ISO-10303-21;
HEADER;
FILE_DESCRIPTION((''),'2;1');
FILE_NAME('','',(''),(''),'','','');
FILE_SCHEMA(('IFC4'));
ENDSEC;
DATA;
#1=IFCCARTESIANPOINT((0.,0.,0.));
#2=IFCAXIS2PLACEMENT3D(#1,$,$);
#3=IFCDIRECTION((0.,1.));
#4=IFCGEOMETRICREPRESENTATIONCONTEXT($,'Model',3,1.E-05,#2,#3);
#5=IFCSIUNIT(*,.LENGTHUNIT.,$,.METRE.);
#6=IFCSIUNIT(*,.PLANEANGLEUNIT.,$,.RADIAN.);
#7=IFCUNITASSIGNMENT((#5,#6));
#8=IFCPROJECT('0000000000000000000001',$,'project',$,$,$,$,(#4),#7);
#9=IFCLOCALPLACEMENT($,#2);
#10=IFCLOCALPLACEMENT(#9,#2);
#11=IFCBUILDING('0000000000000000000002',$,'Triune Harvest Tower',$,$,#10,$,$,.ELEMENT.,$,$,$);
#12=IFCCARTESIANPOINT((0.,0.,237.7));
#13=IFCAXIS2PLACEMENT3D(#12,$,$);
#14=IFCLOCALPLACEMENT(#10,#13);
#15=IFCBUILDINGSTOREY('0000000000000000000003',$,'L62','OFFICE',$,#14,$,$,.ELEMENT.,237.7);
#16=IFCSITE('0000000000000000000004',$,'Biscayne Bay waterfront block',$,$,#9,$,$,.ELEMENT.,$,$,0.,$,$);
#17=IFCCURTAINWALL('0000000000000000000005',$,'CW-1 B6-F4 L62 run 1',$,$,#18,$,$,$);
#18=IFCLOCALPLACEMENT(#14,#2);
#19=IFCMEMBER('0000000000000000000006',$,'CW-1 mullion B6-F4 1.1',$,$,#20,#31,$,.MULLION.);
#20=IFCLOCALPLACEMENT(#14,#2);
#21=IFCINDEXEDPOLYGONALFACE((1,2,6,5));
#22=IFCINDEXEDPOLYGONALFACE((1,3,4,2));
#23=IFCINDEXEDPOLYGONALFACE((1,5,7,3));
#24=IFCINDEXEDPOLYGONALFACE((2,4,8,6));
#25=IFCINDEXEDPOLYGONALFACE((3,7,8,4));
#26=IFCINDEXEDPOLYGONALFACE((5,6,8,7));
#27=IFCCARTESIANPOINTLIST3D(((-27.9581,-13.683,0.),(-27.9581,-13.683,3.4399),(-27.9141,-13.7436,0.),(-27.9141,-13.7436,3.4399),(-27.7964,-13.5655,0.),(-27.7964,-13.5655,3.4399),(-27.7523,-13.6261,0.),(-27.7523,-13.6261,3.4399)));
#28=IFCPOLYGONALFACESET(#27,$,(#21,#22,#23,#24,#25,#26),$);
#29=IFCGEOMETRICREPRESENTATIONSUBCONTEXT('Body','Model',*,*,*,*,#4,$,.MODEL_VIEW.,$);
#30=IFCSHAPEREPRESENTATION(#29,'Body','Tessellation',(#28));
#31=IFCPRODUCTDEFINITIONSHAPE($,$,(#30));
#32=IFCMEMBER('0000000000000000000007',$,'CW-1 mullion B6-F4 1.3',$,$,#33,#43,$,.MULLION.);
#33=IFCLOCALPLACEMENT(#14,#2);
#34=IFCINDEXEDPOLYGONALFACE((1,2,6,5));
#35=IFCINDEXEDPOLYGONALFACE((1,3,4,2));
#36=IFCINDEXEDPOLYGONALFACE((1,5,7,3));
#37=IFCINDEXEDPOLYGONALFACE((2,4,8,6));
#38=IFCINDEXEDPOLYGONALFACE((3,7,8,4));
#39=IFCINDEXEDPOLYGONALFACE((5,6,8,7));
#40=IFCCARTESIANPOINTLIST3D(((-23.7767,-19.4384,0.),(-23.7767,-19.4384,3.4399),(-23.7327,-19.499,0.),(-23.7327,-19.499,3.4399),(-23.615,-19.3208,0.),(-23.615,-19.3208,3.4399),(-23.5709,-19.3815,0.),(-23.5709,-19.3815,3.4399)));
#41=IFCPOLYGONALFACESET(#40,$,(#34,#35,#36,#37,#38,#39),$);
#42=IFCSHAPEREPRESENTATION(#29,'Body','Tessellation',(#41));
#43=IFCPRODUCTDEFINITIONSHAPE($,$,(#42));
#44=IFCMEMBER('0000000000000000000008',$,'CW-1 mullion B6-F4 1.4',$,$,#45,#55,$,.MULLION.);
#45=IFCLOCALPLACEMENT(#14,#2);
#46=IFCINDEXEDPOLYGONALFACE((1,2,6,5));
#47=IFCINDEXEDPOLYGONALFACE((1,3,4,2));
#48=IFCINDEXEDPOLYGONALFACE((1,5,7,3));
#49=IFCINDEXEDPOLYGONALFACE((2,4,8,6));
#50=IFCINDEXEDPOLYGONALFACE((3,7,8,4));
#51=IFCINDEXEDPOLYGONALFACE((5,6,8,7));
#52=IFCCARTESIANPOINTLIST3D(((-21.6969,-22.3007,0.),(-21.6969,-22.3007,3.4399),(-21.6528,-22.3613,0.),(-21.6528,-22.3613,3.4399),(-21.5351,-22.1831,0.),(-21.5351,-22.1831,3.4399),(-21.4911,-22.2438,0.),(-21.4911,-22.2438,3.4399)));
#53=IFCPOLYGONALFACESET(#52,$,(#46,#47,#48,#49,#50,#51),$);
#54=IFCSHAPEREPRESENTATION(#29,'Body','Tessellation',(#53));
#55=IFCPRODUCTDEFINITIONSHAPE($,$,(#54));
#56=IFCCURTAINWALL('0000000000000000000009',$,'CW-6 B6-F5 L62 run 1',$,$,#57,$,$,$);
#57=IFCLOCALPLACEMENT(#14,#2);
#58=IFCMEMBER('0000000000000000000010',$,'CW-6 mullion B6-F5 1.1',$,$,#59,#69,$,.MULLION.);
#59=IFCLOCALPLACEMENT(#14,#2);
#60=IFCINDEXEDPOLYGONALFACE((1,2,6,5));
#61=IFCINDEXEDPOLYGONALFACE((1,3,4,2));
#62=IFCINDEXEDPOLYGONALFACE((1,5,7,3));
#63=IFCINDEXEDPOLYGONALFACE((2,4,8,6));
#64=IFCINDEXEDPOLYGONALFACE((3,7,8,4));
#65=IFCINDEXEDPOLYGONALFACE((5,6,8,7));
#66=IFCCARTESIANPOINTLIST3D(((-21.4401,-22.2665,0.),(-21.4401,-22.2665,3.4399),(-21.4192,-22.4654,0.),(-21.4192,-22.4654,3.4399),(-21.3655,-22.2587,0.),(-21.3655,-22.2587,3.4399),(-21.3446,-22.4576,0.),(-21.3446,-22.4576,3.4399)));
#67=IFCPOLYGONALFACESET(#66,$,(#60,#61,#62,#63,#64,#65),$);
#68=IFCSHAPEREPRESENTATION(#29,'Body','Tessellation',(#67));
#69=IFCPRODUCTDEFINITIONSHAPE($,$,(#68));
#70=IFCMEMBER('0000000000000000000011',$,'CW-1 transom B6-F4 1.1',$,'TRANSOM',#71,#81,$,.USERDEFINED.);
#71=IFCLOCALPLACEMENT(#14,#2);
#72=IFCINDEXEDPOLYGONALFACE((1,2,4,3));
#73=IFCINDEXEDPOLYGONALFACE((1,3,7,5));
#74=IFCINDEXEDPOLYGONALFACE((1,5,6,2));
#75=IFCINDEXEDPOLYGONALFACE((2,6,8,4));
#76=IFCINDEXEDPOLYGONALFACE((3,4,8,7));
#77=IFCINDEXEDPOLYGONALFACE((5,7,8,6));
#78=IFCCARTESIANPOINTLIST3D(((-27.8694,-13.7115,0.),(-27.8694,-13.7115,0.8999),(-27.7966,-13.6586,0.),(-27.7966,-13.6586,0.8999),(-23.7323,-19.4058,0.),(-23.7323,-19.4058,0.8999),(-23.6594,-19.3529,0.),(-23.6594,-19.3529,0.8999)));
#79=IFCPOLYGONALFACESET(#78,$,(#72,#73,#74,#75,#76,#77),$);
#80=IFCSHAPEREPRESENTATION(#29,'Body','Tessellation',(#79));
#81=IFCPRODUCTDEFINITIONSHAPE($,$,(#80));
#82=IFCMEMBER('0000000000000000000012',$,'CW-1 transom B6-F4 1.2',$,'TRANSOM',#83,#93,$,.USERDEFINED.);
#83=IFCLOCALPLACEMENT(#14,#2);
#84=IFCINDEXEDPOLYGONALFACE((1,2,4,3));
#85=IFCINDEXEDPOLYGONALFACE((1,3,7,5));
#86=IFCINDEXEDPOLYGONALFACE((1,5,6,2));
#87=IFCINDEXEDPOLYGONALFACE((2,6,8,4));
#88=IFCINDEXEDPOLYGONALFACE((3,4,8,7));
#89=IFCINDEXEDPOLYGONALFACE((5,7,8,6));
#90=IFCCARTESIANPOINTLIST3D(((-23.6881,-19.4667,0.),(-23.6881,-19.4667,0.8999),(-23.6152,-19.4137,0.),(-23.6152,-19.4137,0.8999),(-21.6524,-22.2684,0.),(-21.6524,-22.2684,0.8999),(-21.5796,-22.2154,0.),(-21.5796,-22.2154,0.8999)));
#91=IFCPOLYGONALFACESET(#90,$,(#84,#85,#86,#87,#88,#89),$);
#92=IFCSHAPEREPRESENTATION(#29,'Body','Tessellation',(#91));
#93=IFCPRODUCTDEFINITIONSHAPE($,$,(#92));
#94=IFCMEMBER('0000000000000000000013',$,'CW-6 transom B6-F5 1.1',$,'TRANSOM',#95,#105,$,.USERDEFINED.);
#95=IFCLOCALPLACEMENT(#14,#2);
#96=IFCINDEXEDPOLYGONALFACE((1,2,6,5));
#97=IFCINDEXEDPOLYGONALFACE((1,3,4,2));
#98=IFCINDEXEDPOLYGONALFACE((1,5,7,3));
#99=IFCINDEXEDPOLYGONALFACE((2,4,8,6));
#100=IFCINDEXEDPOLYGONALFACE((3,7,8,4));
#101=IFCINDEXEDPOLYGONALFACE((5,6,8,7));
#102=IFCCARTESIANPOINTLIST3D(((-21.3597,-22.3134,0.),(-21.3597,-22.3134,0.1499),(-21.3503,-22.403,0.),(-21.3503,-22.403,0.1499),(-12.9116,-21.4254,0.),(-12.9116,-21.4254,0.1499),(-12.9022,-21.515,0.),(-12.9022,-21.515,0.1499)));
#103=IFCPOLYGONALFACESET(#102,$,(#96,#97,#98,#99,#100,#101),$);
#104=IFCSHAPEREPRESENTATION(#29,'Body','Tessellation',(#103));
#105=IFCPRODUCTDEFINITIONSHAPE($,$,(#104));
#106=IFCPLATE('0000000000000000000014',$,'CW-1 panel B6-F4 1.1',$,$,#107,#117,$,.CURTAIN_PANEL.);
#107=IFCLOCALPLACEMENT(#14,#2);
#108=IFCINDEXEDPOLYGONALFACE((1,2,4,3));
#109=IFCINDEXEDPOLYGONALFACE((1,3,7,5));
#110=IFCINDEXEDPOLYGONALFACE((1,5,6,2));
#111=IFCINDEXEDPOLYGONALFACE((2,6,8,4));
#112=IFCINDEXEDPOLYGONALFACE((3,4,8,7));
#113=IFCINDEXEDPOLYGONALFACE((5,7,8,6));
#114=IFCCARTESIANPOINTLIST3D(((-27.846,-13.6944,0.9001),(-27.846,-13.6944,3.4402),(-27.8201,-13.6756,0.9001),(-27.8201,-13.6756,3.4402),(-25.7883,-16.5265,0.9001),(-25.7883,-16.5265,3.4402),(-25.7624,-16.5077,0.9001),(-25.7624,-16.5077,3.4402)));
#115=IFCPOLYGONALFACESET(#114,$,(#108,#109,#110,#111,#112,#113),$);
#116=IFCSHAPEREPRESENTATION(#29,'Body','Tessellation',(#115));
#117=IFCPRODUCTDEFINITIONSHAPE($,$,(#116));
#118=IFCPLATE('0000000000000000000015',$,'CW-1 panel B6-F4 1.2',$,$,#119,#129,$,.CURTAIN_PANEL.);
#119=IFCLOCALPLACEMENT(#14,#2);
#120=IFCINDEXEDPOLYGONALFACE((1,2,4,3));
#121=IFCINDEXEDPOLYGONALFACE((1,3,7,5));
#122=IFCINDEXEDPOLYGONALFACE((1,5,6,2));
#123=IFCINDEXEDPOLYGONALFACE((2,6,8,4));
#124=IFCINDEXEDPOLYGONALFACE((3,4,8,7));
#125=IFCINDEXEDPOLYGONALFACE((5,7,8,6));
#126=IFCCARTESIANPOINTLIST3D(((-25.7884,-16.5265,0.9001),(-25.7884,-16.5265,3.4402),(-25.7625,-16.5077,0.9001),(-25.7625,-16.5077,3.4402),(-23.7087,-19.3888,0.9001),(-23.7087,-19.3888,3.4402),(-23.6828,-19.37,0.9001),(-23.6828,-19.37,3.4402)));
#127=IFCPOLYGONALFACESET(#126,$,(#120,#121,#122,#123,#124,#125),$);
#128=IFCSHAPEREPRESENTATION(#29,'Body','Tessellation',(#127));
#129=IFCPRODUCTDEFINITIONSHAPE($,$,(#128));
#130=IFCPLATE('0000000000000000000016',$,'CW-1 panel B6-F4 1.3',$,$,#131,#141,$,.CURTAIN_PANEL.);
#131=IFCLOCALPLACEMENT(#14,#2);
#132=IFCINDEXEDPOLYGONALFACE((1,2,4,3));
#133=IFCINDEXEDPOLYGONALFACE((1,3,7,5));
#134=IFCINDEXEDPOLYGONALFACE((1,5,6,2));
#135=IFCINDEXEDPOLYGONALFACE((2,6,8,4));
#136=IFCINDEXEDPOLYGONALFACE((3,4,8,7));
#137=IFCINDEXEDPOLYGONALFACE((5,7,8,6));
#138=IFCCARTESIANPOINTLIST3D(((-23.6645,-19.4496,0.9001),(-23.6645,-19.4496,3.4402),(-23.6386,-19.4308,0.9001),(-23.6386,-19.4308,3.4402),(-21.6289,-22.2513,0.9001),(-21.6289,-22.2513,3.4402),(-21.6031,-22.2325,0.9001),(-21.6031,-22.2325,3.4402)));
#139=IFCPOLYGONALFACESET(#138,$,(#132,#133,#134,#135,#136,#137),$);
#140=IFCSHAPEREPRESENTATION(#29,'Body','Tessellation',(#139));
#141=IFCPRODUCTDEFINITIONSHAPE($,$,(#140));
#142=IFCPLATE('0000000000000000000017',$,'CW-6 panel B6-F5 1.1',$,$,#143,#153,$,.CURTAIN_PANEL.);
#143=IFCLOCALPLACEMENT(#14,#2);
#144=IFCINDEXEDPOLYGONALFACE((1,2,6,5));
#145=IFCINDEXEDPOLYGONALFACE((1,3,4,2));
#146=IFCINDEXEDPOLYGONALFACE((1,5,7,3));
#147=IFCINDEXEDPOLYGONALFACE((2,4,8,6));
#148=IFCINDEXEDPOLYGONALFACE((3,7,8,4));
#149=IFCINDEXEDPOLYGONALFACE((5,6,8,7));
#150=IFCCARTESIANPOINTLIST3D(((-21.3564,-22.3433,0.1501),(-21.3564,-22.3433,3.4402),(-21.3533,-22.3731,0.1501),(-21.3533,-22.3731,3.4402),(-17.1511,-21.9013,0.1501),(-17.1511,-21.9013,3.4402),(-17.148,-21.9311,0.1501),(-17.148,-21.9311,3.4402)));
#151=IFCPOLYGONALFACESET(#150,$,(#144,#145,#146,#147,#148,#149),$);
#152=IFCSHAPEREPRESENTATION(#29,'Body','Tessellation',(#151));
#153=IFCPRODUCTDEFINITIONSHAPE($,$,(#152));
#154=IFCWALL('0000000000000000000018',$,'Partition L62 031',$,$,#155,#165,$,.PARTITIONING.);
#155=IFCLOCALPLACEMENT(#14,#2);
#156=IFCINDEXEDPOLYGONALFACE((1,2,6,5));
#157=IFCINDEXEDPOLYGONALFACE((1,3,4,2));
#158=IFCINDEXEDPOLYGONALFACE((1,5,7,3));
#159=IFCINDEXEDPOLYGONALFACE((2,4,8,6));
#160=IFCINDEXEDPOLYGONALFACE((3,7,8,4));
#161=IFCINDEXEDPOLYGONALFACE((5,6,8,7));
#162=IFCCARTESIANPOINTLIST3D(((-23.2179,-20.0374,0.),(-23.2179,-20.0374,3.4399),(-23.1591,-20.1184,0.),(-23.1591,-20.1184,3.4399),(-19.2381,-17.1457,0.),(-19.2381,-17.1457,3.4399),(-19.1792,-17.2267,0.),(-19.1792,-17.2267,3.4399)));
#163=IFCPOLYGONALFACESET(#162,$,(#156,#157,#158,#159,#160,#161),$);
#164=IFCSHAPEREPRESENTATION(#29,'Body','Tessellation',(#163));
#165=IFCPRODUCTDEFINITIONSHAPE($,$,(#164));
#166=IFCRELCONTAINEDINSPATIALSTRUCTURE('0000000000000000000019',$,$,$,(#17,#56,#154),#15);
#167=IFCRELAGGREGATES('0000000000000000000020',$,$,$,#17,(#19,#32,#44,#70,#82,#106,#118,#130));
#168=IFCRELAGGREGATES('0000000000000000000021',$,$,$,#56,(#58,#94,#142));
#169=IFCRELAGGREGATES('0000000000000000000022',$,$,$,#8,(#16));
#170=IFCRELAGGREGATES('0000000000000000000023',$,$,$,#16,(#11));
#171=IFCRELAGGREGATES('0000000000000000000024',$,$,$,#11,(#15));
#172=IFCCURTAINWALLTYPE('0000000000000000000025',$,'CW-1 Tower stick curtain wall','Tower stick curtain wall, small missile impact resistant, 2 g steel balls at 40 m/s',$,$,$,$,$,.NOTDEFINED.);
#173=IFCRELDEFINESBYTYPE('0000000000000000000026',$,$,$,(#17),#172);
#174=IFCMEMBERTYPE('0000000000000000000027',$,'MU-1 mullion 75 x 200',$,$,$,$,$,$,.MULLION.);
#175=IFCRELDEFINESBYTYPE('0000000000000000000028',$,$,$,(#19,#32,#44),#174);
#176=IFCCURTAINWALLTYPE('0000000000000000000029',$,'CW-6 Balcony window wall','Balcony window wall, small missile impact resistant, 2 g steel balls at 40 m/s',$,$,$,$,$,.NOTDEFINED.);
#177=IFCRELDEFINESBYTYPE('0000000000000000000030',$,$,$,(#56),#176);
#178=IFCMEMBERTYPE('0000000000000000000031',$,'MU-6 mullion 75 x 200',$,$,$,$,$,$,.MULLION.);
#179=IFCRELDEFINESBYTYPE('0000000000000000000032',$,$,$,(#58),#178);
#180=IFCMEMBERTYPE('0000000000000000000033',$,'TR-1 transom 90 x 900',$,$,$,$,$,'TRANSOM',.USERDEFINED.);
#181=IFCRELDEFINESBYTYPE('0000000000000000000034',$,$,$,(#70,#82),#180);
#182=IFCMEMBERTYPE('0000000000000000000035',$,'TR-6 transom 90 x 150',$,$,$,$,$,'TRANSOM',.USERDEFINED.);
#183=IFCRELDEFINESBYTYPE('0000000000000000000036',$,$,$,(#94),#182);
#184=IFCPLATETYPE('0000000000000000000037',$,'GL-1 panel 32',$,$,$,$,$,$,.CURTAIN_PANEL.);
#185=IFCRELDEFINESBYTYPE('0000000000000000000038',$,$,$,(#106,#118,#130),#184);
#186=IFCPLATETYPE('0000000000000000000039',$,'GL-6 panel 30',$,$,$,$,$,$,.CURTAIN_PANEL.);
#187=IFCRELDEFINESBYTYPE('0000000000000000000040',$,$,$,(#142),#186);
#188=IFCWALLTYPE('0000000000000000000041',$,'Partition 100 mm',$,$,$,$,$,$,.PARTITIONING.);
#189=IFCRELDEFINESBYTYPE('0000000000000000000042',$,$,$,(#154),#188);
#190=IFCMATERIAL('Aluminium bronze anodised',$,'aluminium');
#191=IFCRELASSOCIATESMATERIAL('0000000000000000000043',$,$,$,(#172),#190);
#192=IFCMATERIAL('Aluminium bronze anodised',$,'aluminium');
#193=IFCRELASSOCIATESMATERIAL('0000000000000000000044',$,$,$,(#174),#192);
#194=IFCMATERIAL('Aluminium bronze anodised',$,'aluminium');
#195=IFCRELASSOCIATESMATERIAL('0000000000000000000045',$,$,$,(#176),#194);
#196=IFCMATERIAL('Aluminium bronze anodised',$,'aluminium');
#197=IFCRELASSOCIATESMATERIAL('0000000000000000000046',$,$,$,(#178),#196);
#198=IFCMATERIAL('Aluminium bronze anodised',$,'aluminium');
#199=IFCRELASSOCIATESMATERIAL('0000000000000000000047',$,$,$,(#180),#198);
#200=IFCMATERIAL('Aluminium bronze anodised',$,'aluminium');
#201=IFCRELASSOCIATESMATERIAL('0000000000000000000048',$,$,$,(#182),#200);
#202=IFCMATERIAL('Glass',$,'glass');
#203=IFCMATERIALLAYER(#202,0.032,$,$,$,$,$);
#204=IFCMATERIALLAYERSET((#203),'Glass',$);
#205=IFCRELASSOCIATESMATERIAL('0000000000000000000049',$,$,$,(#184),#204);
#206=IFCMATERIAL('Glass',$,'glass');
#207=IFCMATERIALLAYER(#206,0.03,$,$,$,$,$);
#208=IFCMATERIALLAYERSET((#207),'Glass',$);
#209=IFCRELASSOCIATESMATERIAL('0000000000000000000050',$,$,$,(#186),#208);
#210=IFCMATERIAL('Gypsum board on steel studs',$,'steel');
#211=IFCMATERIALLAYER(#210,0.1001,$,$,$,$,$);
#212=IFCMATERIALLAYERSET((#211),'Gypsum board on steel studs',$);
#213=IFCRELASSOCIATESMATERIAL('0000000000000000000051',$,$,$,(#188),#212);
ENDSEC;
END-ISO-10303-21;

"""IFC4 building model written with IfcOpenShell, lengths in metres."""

from ifc_helpers import new_model, si_unit, direction, frame, frame_2d, origin, origin_2d, place, context, subcontext, project, spatial, rectangle, extrude, source, transform, mapped, material, layer, layer_set, material_profile, profile_set, type_object, element, aggregate, save


model = new_model("IFC4")

# Units and contexts
model_context = context("Model", 3, precision=1e-05, world=origin(), true_north=direction((0.0, 1.0)))
body_context = subcontext(model_context, "Body", "Model", "MODEL_VIEW")
ifc_project = project(units=[si_unit("LENGTHUNIT", "METRE"), si_unit("PLANEANGLEUNIT", "RADIAN")], contexts=[model_context])

# Site, building, storey
site_placement = place(None, origin())
site = spatial("IfcSite", under=ifc_project, at=site_placement, Name="Biscayne Bay waterfront block", CompositionType="ELEMENT", RefElevation=0.0)
building_placement = place(site_placement, origin())
building = spatial("IfcBuilding", under=site, at=building_placement, Name="Triune Harvest Tower", CompositionType="ELEMENT")
storey_placement = place(building_placement, frame((0.0, 0.0, 237.7)))
storey = spatial("IfcBuildingStorey", under=building, at=storey_placement, Name="L62", Description="OFFICE", CompositionType="ELEMENT", Elevation=237.7)

# Curtain wall, members
ifc_material_1 = material(Name="Aluminium bronze anodised", Category="aluminium")
curtain_wall_type_1 = type_object("IfcCurtainWallType", Name="CW-1 Tower stick curtain wall", Description="Tower stick curtain wall, small missile impact resistant, 2 g steel balls at 40 m/s", PredefinedType="NOTDEFINED", material=ifc_material_1)
curtain_wall_1_placement = place(storey_placement, origin())
curtain_wall_1 = element("IfcCurtainWall", 1, at=curtain_wall_1_placement, inside=storey, type_object=curtain_wall_type_1, Name="CW-1 B6-F4 L62 run 1")
ifc_material_2 = material(Name="Aluminium bronze anodised", Category="aluminium")
ifc_material_profile_1 = material_profile(ifc_material_2, rectangle(XDim=0.2, YDim=0.075, at=origin_2d()), Name="MU-1 mullion 75 x 200")
ifc_profile_set_1 = profile_set([ifc_material_profile_1], Name="Aluminium bronze anodised")
member_type_1 = type_object("IfcMemberType", Name="MU-1 mullion 75 x 200", PredefinedType="MULLION", material=ifc_profile_set_1)
shared_shape_1 = source(origin(), body_context, "Body", "SweptSolid", [
    extrude(rectangle(XDim=0.2, YDim=0.075, at=origin_2d()), origin(), (0.0, 0.0, 1.0), 3.4399),
])
member_1_placement = place(storey_placement, frame((-27.8552, -13.6545, 0.0), z_axis=(0.0, 0.0, 1.0), x_axis=(0.809014, 0.587789, 0.0)))
member_1 = element("IfcMember", 2, at=member_1_placement, type_object=member_type_1, Name="CW-1 mullion B6-F4 1.1", PredefinedType="MULLION", context=body_context, shape_type="MappedRepresentation", body=[
    mapped(shared_shape_1, transform((0.0, 0.0, 0.0), scale=1.0)),
])
member_2_placement = place(storey_placement, frame((-23.6738, -19.4099, 0.0), z_axis=(0.0, 0.0, 1.0), x_axis=(0.809014, 0.587789, 0.0)))
member_2 = element("IfcMember", 3, at=member_2_placement, type_object=member_type_1, Name="CW-1 mullion B6-F4 1.3", PredefinedType="MULLION", context=body_context, shape_type="MappedRepresentation", body=[
    mapped(shared_shape_1, transform((0.0, 0.0, 0.0), scale=1.0)),
])
member_3_placement = place(storey_placement, frame((-21.594, -22.2722, 0.0), z_axis=(0.0, 0.0, 1.0), x_axis=(0.809014, 0.587789, 0.0)))
member_3 = element("IfcMember", 4, at=member_3_placement, type_object=member_type_1, Name="CW-1 mullion B6-F4 1.4", PredefinedType="MULLION", context=body_context, shape_type="MappedRepresentation", body=[
    mapped(shared_shape_1, transform((0.0, 0.0, 0.0), scale=1.0)),
])

# Curtain wall, member
ifc_material_3 = material(Name="Aluminium bronze anodised", Category="aluminium")
curtain_wall_type_2 = type_object("IfcCurtainWallType", Name="CW-6 Balcony window wall", Description="Balcony window wall, small missile impact resistant, 2 g steel balls at 40 m/s", PredefinedType="NOTDEFINED", material=ifc_material_3)
curtain_wall_2_placement = place(storey_placement, origin())
curtain_wall_2 = element("IfcCurtainWall", 5, at=curtain_wall_2_placement, inside=storey, type_object=curtain_wall_type_2, Name="CW-6 B6-F5 L62 run 1")
ifc_material_4 = material(Name="Aluminium bronze anodised", Category="aluminium")
ifc_material_profile_2 = material_profile(ifc_material_4, rectangle(XDim=0.2, YDim=0.075, at=origin_2d()), Name="MU-6 mullion 75 x 200")
ifc_profile_set_2 = profile_set([ifc_material_profile_2], Name="Aluminium bronze anodised")
member_type_2 = type_object("IfcMemberType", Name="MU-6 mullion 75 x 200", PredefinedType="MULLION", material=ifc_profile_set_2)
shared_shape_2 = source(origin(), body_context, "Body", "SweptSolid", [
    extrude(rectangle(XDim=0.2, YDim=0.075, at=origin_2d()), origin(), (0.0, 0.0, 1.0), 3.4399),
])
member_4_placement = place(storey_placement, frame((-21.3923, -22.3621, 0.0), z_axis=(0.0, 0.0, 1.0), x_axis=(-0.104526, 0.994522, 0.0)))
member_4 = element("IfcMember", 6, at=member_4_placement, type_object=member_type_2, Name="CW-6 mullion B6-F5 1.1", PredefinedType="MULLION", context=body_context, shape_type="MappedRepresentation", body=[
    mapped(shared_shape_2, transform((0.0, 0.0, 0.0), scale=1.0)),
])

# Members
ifc_material_5 = material(Name="Aluminium bronze anodised", Category="aluminium")
ifc_material_profile_3 = material_profile(ifc_material_5, rectangle(XDim=0.0901, YDim=0.8999, at=origin_2d()), Name="TR-1 transom 90 x 900")
ifc_profile_set_3 = profile_set([ifc_material_profile_3], Name="Aluminium bronze anodised")
member_type_3 = type_object("IfcMemberType", Name="TR-1 transom 90 x 900", ElementType="TRANSOM", PredefinedType="USERDEFINED", material=ifc_profile_set_3)
shared_shape_3 = source(origin(), body_context, "Body", "SweptSolid", [
    extrude(rectangle(XDim=0.0901, YDim=0.8999, at=origin_2d()), origin(), (0.0, 0.0, 1.0), 7.0386),
])
member_5_placement = place(storey_placement, frame((-27.833, -13.6851, 0.45), z_axis=(0.587788, -0.809015, 0.0), x_axis=(0.809015, 0.587788, 0.0)))
member_5 = element("IfcMember", 7, at=member_5_placement, type_object=member_type_3, Name="CW-1 transom B6-F4 1.1", ObjectType="TRANSOM", PredefinedType="USERDEFINED", context=body_context, shape_type="MappedRepresentation", body=[
    mapped(shared_shape_3, transform((0.0, 0.0, 0.0), scale=1.0)),
])
shared_shape_4 = source(origin(), body_context, "Body", "SweptSolid", [
    extrude(rectangle(XDim=0.0901, YDim=0.8999, at=origin_2d()), origin(), (0.0, 0.0, 1.0), 3.4631),
])
member_6_placement = place(storey_placement, frame((-23.6516, -19.4402, 0.45), z_axis=(0.587794, -0.80901, 0.0), x_axis=(0.80901, 0.587794, 0.0)))
member_6 = element("IfcMember", 8, at=member_6_placement, type_object=member_type_3, Name="CW-1 transom B6-F4 1.2", ObjectType="TRANSOM", PredefinedType="USERDEFINED", context=body_context, shape_type="MappedRepresentation", body=[
    mapped(shared_shape_4, transform((0.0, 0.0, 0.0), scale=1.0)),
])
ifc_material_6 = material(Name="Aluminium bronze anodised", Category="aluminium")
ifc_material_profile_4 = material_profile(ifc_material_6, rectangle(XDim=0.0901, YDim=0.1499, at=origin_2d()), Name="TR-6 transom 90 x 150")
ifc_profile_set_4 = profile_set([ifc_material_profile_4], Name="Aluminium bronze anodised")
member_type_4 = type_object("IfcMemberType", Name="TR-6 transom 90 x 150", ElementType="TRANSOM", PredefinedType="USERDEFINED", material=ifc_profile_set_4)
shared_shape_5 = source(origin(), body_context, "Body", "SweptSolid", [
    extrude(rectangle(XDim=0.0901, YDim=0.1499, at=origin_2d()), origin(), (0.0, 0.0, 1.0), 8.4946),
])
member_7_placement = place(storey_placement, frame((-21.355, -22.3582, 0.075), z_axis=(0.994522, 0.104531, 0.0), x_axis=(-0.104531, 0.994522, 0.0)))
member_7 = element("IfcMember", 9, at=member_7_placement, type_object=member_type_4, Name="CW-6 transom B6-F5 1.1", ObjectType="TRANSOM", PredefinedType="USERDEFINED", context=body_context, shape_type="MappedRepresentation", body=[
    mapped(shared_shape_5, transform((0.0, 0.0, 0.0), scale=1.0)),
])

# Plates
ifc_material_7 = material(Name="Glass", Category="glass")
ifc_layer_1 = layer(ifc_material_7, 0.032)
ifc_layer_set_1 = layer_set([ifc_layer_1], Name="Glass")
plate_type_1 = type_object("IfcPlateType", Name="GL-1 panel 32", PredefinedType="CURTAIN_PANEL", material=ifc_layer_set_1)
shared_shape_6 = source(origin(), body_context, "Body", "SweptSolid", [
    extrude(rectangle(XDim=3.5007, YDim=0.032, at=origin_2d()), origin(), (0.0, 0.0, 1.0), 2.54),
])
plate_1_placement = place(storey_placement, frame((-26.8042, -15.1011, 0.9001), z_axis=(0.0, 0.0, 1.0), x_axis=(0.587789, -0.809014, 0.0)))
plate_1 = element("IfcPlate", 10, at=plate_1_placement, type_object=plate_type_1, Name="CW-1 panel B6-F4 1.1", PredefinedType="CURTAIN_PANEL", context=body_context, shape_type="MappedRepresentation", body=[
    mapped(shared_shape_6, transform((0.0, 0.0, 0.0), scale=1.0)),
])
shared_shape_7 = source(origin(), body_context, "Body", "SweptSolid", [
    extrude(rectangle(XDim=3.5381, YDim=0.032, at=origin_2d()), origin(), (0.0, 0.0, 1.0), 2.54),
])
plate_2_placement = place(storey_placement, frame((-24.7356, -17.9482, 0.9001), z_axis=(0.0, 0.0, 1.0), x_axis=(0.587789, -0.809014, 0.0)))
plate_2 = element("IfcPlate", 11, at=plate_2_placement, type_object=plate_type_1, Name="CW-1 panel B6-F4 1.2", PredefinedType="CURTAIN_PANEL", context=body_context, shape_type="MappedRepresentation", body=[
    mapped(shared_shape_7, transform((0.0, 0.0, 0.0), scale=1.0)),
])
shared_shape_8 = source(origin(), body_context, "Body", "SweptSolid", [
    extrude(rectangle(XDim=3.4631, YDim=0.032, at=origin_2d()), origin(), (0.0, 0.0, 1.0), 2.54),
])
plate_3_placement = place(storey_placement, frame((-22.6338, -20.8411, 0.9001), z_axis=(0.0, 0.0, 1.0), x_axis=(0.587789, -0.809014, 0.0)))
plate_3 = element("IfcPlate", 12, at=plate_3_placement, type_object=plate_type_1, Name="CW-1 panel B6-F4 1.3", PredefinedType="CURTAIN_PANEL", context=body_context, shape_type="MappedRepresentation", body=[
    mapped(shared_shape_8, transform((0.0, 0.0, 0.0), scale=1.0)),
])
aggregate(curtain_wall_1, [member_1, member_2, member_3, member_5, member_6, plate_1, plate_2, plate_3])
ifc_material_8 = material(Name="Glass", Category="glass")
ifc_layer_2 = layer(ifc_material_8, 0.03)
ifc_layer_set_2 = layer_set([ifc_layer_2], Name="Glass")
plate_type_2 = type_object("IfcPlateType", Name="GL-6 panel 30", PredefinedType="CURTAIN_PANEL", material=ifc_layer_set_2)
shared_shape_9 = source(origin(), body_context, "Body", "SweptSolid", [
    extrude(rectangle(XDim=4.2285, YDim=0.03, at=origin_2d()), origin(), (0.0, 0.0, 1.0), 3.29),
])
plate_4_placement = place(storey_placement, frame((-19.2522, -22.1372, 0.1501), z_axis=(0.0, 0.0, 1.0), x_axis=(0.994522, 0.104526, 0.0)))
plate_4 = element("IfcPlate", 13, at=plate_4_placement, type_object=plate_type_2, Name="CW-6 panel B6-F5 1.1", PredefinedType="CURTAIN_PANEL", context=body_context, shape_type="MappedRepresentation", body=[
    mapped(shared_shape_9, transform((0.0, 0.0, 0.0), scale=1.0)),
])
aggregate(curtain_wall_2, [member_4, member_7, plate_4])

# Wall
ifc_material_9 = material(Name="Gypsum board on steel studs", Category="steel")
ifc_layer_3 = layer(ifc_material_9, 0.1001)
ifc_layer_set_3 = layer_set([ifc_layer_3], Name="Gypsum board on steel studs")
wall_type = type_object("IfcWallType", Name="Partition 100 mm", PredefinedType="PARTITIONING", material=ifc_layer_set_3)
wall_1_placement = place(storey_placement, frame((-23.1885, -20.0779, 0.0), z_axis=(0.0, 0.0, 1.0), x_axis=(0.809002, 0.587806, 0.0)))
element("IfcWall", 14, at=wall_1_placement, inside=storey, type_object=wall_type, Name="Partition L62 031", PredefinedType="PARTITIONING", context=body_context, shape_type="SweptSolid", body=[
    extrude(rectangle(XDim=4.9194, YDim=0.1001, at=frame_2d((2.4597, 0.0))), origin(), (0.0, 0.0, 1.0), 3.4399),
])

save(model, "model.ifc")
